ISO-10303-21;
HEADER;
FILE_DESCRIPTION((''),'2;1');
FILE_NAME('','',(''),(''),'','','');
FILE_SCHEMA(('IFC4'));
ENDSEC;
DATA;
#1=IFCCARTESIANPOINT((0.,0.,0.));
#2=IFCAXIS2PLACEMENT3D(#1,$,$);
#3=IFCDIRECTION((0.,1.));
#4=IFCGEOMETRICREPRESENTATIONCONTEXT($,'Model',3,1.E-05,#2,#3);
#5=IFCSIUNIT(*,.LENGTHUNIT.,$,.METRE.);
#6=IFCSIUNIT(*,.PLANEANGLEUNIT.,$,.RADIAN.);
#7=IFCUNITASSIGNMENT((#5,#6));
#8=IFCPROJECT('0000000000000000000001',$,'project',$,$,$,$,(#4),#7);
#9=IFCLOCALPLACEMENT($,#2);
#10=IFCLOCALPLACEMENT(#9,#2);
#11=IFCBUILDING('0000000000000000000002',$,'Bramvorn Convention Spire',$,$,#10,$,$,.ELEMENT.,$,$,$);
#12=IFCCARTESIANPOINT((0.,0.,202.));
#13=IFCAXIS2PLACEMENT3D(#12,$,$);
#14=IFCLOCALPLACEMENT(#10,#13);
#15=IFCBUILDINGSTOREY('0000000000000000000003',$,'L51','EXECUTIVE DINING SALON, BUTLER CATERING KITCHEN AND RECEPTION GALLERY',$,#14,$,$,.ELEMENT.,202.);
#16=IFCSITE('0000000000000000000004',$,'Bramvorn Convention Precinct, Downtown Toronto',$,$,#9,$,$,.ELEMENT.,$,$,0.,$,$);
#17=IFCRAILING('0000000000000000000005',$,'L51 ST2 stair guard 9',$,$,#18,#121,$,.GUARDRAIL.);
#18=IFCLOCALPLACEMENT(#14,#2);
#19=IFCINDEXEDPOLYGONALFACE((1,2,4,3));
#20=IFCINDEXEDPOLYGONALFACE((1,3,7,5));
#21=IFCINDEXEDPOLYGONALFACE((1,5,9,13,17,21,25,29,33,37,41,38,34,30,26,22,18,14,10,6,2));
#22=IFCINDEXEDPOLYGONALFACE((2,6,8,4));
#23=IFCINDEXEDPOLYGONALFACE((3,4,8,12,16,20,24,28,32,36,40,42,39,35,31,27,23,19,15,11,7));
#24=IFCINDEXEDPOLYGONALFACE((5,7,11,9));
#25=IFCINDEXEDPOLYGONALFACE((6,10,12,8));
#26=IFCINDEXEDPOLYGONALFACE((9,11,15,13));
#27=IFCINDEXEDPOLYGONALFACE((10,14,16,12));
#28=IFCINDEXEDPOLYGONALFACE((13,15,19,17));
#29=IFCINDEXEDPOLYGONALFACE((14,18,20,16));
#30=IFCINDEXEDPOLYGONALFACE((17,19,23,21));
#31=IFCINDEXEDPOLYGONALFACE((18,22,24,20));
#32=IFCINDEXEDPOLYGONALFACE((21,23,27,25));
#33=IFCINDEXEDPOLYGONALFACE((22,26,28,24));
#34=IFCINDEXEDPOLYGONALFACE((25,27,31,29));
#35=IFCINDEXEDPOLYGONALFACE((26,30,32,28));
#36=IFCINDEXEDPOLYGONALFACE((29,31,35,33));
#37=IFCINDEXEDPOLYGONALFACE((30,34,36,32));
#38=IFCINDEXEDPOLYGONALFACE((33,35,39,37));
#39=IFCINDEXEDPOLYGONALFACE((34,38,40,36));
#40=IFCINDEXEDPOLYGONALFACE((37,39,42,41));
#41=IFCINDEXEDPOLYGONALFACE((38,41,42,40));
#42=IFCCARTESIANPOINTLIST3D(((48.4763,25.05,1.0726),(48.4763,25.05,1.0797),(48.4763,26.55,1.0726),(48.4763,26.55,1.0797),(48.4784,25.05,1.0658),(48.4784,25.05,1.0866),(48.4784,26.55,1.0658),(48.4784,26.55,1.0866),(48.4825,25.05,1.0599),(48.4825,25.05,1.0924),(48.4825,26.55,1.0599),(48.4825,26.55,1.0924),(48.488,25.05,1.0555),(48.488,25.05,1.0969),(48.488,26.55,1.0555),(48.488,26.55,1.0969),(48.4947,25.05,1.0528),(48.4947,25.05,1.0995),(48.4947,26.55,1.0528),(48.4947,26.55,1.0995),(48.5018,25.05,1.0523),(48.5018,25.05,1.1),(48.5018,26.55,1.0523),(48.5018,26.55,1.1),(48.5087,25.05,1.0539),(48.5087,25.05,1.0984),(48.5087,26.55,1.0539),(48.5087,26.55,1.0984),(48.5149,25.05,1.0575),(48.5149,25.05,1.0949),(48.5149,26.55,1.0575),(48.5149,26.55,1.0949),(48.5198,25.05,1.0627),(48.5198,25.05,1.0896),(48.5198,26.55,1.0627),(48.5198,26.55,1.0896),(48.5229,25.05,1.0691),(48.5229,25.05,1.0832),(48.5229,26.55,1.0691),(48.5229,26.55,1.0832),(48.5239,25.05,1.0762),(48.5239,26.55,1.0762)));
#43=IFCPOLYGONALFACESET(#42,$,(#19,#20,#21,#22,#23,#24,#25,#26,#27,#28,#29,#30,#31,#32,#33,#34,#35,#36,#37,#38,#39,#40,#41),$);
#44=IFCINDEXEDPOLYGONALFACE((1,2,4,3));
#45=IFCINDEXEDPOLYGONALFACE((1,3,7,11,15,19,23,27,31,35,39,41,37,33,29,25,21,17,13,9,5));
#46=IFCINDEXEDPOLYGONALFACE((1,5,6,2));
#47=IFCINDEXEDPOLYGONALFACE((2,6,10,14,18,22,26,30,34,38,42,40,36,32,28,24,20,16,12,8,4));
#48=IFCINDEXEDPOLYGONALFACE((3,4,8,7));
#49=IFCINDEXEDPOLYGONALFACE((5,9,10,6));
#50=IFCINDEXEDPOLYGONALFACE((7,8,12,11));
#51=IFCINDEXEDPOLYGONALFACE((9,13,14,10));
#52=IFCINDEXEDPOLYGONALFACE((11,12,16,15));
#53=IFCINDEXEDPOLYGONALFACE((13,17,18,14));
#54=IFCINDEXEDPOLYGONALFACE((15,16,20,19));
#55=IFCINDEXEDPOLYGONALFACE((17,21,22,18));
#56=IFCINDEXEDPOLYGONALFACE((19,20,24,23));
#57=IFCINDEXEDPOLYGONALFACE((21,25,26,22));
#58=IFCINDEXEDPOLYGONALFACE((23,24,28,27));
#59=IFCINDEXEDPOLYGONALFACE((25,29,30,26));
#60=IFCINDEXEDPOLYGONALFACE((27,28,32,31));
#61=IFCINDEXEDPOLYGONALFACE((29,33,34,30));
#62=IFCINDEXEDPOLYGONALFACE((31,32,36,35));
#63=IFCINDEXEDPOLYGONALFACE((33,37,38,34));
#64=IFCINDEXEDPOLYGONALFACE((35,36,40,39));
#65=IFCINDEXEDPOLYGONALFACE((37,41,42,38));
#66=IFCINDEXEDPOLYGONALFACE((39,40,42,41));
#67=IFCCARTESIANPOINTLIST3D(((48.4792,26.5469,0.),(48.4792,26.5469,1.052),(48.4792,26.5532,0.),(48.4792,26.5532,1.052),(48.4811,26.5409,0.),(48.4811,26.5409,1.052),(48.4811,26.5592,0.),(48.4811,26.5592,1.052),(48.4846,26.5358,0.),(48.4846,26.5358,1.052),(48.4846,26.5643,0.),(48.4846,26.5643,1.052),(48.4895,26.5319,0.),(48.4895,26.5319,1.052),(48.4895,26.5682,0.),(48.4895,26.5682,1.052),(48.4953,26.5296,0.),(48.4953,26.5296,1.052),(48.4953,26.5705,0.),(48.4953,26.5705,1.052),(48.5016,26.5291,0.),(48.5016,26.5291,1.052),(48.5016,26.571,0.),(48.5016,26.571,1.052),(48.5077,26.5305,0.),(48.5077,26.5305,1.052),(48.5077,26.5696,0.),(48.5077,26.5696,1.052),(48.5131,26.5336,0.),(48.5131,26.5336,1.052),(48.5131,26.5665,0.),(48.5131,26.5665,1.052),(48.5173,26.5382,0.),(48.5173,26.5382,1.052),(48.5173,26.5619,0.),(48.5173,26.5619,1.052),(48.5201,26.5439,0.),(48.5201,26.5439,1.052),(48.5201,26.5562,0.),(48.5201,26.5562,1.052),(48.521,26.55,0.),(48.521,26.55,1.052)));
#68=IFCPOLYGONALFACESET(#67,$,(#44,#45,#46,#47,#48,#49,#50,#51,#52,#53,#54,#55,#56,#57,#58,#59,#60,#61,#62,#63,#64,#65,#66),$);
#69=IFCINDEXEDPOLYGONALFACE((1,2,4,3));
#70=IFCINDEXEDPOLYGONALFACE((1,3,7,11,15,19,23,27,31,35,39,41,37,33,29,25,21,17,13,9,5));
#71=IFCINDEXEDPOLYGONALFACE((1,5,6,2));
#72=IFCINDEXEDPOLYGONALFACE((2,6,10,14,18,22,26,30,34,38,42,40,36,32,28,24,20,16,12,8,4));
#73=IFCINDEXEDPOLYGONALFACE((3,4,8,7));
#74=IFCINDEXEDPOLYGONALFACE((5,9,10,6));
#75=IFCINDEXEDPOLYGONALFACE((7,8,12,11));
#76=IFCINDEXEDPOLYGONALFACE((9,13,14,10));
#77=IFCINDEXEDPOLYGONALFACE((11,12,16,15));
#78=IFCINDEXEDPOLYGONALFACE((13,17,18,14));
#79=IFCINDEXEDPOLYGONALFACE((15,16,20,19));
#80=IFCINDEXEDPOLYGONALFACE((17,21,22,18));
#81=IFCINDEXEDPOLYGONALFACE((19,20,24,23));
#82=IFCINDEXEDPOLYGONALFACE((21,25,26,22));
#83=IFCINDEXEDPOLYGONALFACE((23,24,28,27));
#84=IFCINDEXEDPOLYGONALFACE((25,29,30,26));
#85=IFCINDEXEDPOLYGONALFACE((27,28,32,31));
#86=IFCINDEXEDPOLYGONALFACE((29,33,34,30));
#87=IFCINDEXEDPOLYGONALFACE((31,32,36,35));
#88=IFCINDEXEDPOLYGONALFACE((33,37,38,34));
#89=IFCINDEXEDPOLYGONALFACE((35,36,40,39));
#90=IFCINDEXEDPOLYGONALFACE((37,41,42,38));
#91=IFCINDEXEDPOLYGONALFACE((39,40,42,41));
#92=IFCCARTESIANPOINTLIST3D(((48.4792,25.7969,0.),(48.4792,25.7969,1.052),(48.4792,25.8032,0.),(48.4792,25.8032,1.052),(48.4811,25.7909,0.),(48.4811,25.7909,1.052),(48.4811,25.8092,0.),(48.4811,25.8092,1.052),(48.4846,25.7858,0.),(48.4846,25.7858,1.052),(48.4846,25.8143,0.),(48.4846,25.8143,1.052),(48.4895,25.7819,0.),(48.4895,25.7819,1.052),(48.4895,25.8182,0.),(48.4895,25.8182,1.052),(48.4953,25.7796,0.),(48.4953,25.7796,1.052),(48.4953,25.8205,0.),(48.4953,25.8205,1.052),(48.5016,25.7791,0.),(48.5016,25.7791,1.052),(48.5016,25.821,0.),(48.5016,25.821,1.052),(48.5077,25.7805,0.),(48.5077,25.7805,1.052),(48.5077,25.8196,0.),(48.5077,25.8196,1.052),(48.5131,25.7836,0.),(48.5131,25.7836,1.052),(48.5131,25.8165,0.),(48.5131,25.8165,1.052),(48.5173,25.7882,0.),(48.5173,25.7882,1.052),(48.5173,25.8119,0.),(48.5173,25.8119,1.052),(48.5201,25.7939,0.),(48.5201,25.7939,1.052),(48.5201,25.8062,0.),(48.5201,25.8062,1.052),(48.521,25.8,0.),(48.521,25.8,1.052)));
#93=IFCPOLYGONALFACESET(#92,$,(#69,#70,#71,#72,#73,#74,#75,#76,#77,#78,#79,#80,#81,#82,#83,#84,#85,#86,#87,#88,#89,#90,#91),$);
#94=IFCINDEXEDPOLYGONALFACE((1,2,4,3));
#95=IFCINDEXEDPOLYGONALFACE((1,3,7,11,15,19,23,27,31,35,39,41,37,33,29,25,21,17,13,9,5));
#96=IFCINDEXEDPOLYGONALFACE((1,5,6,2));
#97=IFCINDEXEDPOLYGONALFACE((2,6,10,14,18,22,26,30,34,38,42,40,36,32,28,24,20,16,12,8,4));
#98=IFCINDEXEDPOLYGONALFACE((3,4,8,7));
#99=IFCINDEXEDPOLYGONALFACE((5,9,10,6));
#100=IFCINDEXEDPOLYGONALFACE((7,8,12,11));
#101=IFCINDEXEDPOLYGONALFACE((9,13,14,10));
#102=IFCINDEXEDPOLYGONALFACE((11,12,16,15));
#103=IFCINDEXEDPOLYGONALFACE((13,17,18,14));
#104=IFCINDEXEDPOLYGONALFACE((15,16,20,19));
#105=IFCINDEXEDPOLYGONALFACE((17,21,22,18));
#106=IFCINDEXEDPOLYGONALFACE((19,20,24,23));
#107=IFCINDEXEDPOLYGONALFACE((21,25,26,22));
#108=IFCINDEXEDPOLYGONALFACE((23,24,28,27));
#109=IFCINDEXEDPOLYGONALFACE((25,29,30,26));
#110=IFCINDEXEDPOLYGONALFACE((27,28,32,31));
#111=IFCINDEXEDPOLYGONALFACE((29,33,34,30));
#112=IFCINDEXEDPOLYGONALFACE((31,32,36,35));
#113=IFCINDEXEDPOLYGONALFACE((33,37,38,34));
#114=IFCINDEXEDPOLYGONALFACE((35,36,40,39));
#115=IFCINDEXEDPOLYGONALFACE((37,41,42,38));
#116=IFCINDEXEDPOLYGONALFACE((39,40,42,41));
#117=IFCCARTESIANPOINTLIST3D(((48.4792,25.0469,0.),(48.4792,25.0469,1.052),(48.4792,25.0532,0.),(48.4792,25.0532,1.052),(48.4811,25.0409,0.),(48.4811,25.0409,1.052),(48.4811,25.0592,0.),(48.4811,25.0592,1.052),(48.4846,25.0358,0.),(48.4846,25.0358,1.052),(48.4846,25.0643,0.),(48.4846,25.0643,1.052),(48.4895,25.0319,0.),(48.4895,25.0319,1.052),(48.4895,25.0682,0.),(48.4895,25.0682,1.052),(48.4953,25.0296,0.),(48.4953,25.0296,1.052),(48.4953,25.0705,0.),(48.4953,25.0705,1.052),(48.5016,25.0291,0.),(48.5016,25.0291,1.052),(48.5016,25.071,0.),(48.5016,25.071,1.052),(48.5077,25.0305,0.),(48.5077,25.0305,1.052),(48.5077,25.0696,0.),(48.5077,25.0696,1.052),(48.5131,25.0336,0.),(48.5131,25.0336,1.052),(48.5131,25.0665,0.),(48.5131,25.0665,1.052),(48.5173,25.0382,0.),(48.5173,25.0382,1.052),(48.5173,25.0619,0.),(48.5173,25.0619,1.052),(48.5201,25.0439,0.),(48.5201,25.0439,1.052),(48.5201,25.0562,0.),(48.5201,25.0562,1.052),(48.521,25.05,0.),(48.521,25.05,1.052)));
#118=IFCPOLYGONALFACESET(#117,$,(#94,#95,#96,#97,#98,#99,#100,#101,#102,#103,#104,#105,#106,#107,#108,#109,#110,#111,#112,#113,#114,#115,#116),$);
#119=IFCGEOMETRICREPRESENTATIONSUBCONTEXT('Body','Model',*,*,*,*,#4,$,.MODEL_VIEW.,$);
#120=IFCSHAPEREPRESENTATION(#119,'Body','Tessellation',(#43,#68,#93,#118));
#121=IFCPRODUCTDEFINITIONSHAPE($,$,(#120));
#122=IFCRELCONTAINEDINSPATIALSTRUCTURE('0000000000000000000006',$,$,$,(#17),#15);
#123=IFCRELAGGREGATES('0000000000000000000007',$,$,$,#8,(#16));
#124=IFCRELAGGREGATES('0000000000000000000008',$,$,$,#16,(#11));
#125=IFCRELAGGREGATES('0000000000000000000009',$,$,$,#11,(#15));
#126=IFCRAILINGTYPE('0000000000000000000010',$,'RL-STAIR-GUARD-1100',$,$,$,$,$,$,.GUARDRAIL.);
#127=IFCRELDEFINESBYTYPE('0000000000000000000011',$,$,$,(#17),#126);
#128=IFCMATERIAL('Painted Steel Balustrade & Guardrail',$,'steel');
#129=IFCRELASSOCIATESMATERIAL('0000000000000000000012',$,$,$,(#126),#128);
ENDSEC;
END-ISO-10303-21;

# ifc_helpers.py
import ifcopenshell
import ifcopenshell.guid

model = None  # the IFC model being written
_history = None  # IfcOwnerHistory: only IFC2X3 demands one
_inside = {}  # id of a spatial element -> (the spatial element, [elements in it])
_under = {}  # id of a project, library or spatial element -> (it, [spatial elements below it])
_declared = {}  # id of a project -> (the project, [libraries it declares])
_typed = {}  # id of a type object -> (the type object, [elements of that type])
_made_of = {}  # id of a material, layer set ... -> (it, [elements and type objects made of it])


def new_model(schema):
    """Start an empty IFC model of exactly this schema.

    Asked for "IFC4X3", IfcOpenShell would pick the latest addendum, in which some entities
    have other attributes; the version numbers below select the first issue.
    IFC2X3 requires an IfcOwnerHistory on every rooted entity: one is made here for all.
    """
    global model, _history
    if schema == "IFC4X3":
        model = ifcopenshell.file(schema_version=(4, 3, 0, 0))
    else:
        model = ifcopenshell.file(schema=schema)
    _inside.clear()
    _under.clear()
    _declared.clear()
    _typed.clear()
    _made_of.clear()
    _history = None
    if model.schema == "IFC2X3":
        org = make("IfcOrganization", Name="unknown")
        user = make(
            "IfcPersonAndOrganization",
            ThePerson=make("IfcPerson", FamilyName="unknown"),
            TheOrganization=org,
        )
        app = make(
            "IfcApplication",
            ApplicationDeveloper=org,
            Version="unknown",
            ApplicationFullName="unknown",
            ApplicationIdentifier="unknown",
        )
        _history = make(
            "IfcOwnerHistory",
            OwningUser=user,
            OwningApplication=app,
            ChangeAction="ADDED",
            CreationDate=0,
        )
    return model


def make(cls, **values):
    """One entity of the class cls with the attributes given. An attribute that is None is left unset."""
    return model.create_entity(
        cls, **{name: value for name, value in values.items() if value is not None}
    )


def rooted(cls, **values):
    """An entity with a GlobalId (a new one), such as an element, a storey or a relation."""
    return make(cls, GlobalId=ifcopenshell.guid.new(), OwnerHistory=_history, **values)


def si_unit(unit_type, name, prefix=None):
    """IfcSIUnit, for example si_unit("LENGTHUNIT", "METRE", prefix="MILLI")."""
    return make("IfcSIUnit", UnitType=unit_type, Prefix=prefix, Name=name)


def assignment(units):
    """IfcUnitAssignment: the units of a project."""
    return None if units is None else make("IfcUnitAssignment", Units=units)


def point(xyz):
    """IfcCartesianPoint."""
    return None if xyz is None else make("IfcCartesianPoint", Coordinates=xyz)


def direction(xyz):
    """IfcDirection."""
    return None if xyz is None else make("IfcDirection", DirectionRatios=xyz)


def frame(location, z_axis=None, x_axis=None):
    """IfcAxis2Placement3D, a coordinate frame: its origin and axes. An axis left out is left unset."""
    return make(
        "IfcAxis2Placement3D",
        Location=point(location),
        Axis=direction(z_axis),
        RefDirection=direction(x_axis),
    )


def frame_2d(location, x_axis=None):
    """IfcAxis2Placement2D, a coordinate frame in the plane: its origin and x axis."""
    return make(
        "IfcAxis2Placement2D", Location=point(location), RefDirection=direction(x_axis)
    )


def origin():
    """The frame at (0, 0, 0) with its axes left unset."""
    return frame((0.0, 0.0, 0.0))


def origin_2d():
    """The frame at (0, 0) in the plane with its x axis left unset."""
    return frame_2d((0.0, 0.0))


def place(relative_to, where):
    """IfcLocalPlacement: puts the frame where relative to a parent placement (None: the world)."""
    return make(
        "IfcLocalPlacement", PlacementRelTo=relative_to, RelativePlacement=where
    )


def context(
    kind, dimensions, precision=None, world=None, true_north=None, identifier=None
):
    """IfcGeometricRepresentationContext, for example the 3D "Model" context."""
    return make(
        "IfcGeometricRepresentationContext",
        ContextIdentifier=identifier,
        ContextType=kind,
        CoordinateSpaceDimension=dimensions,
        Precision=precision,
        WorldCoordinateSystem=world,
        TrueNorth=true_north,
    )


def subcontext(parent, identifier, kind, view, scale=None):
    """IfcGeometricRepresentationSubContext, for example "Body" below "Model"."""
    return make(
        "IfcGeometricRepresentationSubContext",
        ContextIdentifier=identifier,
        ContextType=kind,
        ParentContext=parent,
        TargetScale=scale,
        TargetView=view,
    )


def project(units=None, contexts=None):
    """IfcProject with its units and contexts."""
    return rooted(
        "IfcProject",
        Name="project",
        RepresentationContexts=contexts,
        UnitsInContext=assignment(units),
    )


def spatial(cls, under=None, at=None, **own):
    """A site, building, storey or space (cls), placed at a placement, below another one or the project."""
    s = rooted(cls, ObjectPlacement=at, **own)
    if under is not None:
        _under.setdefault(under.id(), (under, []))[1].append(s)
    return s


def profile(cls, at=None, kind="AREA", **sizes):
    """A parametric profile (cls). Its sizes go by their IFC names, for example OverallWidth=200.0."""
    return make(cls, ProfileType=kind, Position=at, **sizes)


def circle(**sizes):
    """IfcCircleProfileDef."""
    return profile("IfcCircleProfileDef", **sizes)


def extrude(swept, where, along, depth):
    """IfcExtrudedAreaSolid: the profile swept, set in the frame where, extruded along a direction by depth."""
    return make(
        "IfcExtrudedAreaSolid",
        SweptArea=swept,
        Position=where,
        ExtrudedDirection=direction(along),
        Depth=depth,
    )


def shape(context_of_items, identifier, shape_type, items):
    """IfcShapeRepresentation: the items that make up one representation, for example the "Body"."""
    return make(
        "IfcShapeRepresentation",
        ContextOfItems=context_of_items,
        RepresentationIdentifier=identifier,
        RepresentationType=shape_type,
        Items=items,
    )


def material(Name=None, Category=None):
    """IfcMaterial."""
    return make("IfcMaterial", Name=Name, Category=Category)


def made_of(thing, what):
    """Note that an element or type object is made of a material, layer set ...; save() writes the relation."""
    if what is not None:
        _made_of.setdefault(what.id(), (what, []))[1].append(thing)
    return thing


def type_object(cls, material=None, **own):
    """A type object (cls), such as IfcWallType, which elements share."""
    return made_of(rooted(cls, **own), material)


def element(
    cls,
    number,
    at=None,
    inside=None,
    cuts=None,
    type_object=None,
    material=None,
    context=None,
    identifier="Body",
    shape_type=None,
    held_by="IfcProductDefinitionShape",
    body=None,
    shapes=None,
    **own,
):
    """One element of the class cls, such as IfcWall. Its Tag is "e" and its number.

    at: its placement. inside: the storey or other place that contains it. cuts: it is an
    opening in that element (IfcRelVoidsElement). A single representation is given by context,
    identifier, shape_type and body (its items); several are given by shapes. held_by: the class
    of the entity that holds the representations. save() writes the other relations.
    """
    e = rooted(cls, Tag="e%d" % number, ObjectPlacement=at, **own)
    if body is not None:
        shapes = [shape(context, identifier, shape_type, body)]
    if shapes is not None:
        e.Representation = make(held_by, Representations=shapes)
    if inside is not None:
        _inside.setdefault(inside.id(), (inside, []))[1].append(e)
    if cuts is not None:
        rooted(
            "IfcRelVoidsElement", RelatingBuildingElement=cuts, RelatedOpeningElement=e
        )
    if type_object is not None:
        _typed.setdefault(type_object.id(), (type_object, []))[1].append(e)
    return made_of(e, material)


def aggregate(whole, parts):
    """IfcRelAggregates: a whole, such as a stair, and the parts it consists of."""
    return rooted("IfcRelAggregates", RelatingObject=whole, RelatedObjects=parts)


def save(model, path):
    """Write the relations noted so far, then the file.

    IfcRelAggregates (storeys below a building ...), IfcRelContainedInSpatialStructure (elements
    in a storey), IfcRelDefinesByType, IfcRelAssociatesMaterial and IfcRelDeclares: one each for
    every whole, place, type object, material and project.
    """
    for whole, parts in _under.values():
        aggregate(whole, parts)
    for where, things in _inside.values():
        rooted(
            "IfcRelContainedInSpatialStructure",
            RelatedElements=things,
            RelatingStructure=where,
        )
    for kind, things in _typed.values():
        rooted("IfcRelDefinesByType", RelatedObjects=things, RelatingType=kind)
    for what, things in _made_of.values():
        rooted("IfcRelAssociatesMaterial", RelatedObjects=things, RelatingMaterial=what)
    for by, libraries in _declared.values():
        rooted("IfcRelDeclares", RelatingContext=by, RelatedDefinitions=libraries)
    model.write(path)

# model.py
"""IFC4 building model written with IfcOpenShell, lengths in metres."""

from ifc_helpers import new_model, si_unit, direction, frame, origin, origin_2d, place, context, subcontext, project, spatial, circle, extrude, material, type_object, element, save


model = new_model("IFC4")

# Units and contexts
model_context = context("Model", 3, precision=1e-05, world=origin(), true_north=direction((0.0, 1.0)))
body_context = subcontext(model_context, "Body", "Model", "MODEL_VIEW")
ifc_project = project(units=[si_unit("LENGTHUNIT", "METRE"), si_unit("PLANEANGLEUNIT", "RADIAN")], contexts=[model_context])

# Site, building, storey
site_placement = place(None, origin())
site = spatial("IfcSite", under=ifc_project, at=site_placement, Name="Bramvorn Convention Precinct, Downtown Toronto", CompositionType="ELEMENT", RefElevation=0.0)
building_placement = place(site_placement, origin())
building = spatial("IfcBuilding", under=site, at=building_placement, Name="Bramvorn Convention Spire", CompositionType="ELEMENT")
storey_placement = place(building_placement, frame((0.0, 0.0, 202.0)))
storey = spatial("IfcBuildingStorey", under=building, at=storey_placement, Name="L51", Description="EXECUTIVE DINING SALON, BUTLER CATERING KITCHEN AND RECEPTION GALLERY", CompositionType="ELEMENT", Elevation=202.0)

# Railing
ifc_material_1 = material(Name="Painted Steel Balustrade & Guardrail", Category="steel")
railing_type_1 = type_object("IfcRailingType", Name="RL-STAIR-GUARD-1100", PredefinedType="GUARDRAIL", material=ifc_material_1)
for number, where, name in (
    (1, (48.5, 26.55, 0.0), "L51 ST2 stair guard 9"),
):
    element("IfcRailing", number, at=place(storey_placement, frame(where)), inside=storey, type_object=railing_type_1, Name=name, PredefinedType="GUARDRAIL", context=body_context, shape_type="SweptSolid", body=[
        extrude(circle(Radius=0.0239, at=origin_2d()), frame((0.0, 0.0, 1.0762), z_axis=(0.0, -1.0, 0.0), x_axis=(1.0, 0.0, 0.0)), (0.0, 0.0, 1.0), 1.5),
        extrude(circle(Radius=0.021, at=origin_2d()), origin(), (0.0, 0.0, 1.0), 1.052),
        extrude(circle(Radius=0.021, at=origin_2d()), frame((0.0, -0.75, 0.0)), (0.0, 0.0, 1.0), 1.052),
        extrude(circle(Radius=0.021, at=origin_2d()), frame((0.0, -1.5, 0.0)), (0.0, 0.0, 1.0), 1.052),
    ])

save(model, "model.ifc")
